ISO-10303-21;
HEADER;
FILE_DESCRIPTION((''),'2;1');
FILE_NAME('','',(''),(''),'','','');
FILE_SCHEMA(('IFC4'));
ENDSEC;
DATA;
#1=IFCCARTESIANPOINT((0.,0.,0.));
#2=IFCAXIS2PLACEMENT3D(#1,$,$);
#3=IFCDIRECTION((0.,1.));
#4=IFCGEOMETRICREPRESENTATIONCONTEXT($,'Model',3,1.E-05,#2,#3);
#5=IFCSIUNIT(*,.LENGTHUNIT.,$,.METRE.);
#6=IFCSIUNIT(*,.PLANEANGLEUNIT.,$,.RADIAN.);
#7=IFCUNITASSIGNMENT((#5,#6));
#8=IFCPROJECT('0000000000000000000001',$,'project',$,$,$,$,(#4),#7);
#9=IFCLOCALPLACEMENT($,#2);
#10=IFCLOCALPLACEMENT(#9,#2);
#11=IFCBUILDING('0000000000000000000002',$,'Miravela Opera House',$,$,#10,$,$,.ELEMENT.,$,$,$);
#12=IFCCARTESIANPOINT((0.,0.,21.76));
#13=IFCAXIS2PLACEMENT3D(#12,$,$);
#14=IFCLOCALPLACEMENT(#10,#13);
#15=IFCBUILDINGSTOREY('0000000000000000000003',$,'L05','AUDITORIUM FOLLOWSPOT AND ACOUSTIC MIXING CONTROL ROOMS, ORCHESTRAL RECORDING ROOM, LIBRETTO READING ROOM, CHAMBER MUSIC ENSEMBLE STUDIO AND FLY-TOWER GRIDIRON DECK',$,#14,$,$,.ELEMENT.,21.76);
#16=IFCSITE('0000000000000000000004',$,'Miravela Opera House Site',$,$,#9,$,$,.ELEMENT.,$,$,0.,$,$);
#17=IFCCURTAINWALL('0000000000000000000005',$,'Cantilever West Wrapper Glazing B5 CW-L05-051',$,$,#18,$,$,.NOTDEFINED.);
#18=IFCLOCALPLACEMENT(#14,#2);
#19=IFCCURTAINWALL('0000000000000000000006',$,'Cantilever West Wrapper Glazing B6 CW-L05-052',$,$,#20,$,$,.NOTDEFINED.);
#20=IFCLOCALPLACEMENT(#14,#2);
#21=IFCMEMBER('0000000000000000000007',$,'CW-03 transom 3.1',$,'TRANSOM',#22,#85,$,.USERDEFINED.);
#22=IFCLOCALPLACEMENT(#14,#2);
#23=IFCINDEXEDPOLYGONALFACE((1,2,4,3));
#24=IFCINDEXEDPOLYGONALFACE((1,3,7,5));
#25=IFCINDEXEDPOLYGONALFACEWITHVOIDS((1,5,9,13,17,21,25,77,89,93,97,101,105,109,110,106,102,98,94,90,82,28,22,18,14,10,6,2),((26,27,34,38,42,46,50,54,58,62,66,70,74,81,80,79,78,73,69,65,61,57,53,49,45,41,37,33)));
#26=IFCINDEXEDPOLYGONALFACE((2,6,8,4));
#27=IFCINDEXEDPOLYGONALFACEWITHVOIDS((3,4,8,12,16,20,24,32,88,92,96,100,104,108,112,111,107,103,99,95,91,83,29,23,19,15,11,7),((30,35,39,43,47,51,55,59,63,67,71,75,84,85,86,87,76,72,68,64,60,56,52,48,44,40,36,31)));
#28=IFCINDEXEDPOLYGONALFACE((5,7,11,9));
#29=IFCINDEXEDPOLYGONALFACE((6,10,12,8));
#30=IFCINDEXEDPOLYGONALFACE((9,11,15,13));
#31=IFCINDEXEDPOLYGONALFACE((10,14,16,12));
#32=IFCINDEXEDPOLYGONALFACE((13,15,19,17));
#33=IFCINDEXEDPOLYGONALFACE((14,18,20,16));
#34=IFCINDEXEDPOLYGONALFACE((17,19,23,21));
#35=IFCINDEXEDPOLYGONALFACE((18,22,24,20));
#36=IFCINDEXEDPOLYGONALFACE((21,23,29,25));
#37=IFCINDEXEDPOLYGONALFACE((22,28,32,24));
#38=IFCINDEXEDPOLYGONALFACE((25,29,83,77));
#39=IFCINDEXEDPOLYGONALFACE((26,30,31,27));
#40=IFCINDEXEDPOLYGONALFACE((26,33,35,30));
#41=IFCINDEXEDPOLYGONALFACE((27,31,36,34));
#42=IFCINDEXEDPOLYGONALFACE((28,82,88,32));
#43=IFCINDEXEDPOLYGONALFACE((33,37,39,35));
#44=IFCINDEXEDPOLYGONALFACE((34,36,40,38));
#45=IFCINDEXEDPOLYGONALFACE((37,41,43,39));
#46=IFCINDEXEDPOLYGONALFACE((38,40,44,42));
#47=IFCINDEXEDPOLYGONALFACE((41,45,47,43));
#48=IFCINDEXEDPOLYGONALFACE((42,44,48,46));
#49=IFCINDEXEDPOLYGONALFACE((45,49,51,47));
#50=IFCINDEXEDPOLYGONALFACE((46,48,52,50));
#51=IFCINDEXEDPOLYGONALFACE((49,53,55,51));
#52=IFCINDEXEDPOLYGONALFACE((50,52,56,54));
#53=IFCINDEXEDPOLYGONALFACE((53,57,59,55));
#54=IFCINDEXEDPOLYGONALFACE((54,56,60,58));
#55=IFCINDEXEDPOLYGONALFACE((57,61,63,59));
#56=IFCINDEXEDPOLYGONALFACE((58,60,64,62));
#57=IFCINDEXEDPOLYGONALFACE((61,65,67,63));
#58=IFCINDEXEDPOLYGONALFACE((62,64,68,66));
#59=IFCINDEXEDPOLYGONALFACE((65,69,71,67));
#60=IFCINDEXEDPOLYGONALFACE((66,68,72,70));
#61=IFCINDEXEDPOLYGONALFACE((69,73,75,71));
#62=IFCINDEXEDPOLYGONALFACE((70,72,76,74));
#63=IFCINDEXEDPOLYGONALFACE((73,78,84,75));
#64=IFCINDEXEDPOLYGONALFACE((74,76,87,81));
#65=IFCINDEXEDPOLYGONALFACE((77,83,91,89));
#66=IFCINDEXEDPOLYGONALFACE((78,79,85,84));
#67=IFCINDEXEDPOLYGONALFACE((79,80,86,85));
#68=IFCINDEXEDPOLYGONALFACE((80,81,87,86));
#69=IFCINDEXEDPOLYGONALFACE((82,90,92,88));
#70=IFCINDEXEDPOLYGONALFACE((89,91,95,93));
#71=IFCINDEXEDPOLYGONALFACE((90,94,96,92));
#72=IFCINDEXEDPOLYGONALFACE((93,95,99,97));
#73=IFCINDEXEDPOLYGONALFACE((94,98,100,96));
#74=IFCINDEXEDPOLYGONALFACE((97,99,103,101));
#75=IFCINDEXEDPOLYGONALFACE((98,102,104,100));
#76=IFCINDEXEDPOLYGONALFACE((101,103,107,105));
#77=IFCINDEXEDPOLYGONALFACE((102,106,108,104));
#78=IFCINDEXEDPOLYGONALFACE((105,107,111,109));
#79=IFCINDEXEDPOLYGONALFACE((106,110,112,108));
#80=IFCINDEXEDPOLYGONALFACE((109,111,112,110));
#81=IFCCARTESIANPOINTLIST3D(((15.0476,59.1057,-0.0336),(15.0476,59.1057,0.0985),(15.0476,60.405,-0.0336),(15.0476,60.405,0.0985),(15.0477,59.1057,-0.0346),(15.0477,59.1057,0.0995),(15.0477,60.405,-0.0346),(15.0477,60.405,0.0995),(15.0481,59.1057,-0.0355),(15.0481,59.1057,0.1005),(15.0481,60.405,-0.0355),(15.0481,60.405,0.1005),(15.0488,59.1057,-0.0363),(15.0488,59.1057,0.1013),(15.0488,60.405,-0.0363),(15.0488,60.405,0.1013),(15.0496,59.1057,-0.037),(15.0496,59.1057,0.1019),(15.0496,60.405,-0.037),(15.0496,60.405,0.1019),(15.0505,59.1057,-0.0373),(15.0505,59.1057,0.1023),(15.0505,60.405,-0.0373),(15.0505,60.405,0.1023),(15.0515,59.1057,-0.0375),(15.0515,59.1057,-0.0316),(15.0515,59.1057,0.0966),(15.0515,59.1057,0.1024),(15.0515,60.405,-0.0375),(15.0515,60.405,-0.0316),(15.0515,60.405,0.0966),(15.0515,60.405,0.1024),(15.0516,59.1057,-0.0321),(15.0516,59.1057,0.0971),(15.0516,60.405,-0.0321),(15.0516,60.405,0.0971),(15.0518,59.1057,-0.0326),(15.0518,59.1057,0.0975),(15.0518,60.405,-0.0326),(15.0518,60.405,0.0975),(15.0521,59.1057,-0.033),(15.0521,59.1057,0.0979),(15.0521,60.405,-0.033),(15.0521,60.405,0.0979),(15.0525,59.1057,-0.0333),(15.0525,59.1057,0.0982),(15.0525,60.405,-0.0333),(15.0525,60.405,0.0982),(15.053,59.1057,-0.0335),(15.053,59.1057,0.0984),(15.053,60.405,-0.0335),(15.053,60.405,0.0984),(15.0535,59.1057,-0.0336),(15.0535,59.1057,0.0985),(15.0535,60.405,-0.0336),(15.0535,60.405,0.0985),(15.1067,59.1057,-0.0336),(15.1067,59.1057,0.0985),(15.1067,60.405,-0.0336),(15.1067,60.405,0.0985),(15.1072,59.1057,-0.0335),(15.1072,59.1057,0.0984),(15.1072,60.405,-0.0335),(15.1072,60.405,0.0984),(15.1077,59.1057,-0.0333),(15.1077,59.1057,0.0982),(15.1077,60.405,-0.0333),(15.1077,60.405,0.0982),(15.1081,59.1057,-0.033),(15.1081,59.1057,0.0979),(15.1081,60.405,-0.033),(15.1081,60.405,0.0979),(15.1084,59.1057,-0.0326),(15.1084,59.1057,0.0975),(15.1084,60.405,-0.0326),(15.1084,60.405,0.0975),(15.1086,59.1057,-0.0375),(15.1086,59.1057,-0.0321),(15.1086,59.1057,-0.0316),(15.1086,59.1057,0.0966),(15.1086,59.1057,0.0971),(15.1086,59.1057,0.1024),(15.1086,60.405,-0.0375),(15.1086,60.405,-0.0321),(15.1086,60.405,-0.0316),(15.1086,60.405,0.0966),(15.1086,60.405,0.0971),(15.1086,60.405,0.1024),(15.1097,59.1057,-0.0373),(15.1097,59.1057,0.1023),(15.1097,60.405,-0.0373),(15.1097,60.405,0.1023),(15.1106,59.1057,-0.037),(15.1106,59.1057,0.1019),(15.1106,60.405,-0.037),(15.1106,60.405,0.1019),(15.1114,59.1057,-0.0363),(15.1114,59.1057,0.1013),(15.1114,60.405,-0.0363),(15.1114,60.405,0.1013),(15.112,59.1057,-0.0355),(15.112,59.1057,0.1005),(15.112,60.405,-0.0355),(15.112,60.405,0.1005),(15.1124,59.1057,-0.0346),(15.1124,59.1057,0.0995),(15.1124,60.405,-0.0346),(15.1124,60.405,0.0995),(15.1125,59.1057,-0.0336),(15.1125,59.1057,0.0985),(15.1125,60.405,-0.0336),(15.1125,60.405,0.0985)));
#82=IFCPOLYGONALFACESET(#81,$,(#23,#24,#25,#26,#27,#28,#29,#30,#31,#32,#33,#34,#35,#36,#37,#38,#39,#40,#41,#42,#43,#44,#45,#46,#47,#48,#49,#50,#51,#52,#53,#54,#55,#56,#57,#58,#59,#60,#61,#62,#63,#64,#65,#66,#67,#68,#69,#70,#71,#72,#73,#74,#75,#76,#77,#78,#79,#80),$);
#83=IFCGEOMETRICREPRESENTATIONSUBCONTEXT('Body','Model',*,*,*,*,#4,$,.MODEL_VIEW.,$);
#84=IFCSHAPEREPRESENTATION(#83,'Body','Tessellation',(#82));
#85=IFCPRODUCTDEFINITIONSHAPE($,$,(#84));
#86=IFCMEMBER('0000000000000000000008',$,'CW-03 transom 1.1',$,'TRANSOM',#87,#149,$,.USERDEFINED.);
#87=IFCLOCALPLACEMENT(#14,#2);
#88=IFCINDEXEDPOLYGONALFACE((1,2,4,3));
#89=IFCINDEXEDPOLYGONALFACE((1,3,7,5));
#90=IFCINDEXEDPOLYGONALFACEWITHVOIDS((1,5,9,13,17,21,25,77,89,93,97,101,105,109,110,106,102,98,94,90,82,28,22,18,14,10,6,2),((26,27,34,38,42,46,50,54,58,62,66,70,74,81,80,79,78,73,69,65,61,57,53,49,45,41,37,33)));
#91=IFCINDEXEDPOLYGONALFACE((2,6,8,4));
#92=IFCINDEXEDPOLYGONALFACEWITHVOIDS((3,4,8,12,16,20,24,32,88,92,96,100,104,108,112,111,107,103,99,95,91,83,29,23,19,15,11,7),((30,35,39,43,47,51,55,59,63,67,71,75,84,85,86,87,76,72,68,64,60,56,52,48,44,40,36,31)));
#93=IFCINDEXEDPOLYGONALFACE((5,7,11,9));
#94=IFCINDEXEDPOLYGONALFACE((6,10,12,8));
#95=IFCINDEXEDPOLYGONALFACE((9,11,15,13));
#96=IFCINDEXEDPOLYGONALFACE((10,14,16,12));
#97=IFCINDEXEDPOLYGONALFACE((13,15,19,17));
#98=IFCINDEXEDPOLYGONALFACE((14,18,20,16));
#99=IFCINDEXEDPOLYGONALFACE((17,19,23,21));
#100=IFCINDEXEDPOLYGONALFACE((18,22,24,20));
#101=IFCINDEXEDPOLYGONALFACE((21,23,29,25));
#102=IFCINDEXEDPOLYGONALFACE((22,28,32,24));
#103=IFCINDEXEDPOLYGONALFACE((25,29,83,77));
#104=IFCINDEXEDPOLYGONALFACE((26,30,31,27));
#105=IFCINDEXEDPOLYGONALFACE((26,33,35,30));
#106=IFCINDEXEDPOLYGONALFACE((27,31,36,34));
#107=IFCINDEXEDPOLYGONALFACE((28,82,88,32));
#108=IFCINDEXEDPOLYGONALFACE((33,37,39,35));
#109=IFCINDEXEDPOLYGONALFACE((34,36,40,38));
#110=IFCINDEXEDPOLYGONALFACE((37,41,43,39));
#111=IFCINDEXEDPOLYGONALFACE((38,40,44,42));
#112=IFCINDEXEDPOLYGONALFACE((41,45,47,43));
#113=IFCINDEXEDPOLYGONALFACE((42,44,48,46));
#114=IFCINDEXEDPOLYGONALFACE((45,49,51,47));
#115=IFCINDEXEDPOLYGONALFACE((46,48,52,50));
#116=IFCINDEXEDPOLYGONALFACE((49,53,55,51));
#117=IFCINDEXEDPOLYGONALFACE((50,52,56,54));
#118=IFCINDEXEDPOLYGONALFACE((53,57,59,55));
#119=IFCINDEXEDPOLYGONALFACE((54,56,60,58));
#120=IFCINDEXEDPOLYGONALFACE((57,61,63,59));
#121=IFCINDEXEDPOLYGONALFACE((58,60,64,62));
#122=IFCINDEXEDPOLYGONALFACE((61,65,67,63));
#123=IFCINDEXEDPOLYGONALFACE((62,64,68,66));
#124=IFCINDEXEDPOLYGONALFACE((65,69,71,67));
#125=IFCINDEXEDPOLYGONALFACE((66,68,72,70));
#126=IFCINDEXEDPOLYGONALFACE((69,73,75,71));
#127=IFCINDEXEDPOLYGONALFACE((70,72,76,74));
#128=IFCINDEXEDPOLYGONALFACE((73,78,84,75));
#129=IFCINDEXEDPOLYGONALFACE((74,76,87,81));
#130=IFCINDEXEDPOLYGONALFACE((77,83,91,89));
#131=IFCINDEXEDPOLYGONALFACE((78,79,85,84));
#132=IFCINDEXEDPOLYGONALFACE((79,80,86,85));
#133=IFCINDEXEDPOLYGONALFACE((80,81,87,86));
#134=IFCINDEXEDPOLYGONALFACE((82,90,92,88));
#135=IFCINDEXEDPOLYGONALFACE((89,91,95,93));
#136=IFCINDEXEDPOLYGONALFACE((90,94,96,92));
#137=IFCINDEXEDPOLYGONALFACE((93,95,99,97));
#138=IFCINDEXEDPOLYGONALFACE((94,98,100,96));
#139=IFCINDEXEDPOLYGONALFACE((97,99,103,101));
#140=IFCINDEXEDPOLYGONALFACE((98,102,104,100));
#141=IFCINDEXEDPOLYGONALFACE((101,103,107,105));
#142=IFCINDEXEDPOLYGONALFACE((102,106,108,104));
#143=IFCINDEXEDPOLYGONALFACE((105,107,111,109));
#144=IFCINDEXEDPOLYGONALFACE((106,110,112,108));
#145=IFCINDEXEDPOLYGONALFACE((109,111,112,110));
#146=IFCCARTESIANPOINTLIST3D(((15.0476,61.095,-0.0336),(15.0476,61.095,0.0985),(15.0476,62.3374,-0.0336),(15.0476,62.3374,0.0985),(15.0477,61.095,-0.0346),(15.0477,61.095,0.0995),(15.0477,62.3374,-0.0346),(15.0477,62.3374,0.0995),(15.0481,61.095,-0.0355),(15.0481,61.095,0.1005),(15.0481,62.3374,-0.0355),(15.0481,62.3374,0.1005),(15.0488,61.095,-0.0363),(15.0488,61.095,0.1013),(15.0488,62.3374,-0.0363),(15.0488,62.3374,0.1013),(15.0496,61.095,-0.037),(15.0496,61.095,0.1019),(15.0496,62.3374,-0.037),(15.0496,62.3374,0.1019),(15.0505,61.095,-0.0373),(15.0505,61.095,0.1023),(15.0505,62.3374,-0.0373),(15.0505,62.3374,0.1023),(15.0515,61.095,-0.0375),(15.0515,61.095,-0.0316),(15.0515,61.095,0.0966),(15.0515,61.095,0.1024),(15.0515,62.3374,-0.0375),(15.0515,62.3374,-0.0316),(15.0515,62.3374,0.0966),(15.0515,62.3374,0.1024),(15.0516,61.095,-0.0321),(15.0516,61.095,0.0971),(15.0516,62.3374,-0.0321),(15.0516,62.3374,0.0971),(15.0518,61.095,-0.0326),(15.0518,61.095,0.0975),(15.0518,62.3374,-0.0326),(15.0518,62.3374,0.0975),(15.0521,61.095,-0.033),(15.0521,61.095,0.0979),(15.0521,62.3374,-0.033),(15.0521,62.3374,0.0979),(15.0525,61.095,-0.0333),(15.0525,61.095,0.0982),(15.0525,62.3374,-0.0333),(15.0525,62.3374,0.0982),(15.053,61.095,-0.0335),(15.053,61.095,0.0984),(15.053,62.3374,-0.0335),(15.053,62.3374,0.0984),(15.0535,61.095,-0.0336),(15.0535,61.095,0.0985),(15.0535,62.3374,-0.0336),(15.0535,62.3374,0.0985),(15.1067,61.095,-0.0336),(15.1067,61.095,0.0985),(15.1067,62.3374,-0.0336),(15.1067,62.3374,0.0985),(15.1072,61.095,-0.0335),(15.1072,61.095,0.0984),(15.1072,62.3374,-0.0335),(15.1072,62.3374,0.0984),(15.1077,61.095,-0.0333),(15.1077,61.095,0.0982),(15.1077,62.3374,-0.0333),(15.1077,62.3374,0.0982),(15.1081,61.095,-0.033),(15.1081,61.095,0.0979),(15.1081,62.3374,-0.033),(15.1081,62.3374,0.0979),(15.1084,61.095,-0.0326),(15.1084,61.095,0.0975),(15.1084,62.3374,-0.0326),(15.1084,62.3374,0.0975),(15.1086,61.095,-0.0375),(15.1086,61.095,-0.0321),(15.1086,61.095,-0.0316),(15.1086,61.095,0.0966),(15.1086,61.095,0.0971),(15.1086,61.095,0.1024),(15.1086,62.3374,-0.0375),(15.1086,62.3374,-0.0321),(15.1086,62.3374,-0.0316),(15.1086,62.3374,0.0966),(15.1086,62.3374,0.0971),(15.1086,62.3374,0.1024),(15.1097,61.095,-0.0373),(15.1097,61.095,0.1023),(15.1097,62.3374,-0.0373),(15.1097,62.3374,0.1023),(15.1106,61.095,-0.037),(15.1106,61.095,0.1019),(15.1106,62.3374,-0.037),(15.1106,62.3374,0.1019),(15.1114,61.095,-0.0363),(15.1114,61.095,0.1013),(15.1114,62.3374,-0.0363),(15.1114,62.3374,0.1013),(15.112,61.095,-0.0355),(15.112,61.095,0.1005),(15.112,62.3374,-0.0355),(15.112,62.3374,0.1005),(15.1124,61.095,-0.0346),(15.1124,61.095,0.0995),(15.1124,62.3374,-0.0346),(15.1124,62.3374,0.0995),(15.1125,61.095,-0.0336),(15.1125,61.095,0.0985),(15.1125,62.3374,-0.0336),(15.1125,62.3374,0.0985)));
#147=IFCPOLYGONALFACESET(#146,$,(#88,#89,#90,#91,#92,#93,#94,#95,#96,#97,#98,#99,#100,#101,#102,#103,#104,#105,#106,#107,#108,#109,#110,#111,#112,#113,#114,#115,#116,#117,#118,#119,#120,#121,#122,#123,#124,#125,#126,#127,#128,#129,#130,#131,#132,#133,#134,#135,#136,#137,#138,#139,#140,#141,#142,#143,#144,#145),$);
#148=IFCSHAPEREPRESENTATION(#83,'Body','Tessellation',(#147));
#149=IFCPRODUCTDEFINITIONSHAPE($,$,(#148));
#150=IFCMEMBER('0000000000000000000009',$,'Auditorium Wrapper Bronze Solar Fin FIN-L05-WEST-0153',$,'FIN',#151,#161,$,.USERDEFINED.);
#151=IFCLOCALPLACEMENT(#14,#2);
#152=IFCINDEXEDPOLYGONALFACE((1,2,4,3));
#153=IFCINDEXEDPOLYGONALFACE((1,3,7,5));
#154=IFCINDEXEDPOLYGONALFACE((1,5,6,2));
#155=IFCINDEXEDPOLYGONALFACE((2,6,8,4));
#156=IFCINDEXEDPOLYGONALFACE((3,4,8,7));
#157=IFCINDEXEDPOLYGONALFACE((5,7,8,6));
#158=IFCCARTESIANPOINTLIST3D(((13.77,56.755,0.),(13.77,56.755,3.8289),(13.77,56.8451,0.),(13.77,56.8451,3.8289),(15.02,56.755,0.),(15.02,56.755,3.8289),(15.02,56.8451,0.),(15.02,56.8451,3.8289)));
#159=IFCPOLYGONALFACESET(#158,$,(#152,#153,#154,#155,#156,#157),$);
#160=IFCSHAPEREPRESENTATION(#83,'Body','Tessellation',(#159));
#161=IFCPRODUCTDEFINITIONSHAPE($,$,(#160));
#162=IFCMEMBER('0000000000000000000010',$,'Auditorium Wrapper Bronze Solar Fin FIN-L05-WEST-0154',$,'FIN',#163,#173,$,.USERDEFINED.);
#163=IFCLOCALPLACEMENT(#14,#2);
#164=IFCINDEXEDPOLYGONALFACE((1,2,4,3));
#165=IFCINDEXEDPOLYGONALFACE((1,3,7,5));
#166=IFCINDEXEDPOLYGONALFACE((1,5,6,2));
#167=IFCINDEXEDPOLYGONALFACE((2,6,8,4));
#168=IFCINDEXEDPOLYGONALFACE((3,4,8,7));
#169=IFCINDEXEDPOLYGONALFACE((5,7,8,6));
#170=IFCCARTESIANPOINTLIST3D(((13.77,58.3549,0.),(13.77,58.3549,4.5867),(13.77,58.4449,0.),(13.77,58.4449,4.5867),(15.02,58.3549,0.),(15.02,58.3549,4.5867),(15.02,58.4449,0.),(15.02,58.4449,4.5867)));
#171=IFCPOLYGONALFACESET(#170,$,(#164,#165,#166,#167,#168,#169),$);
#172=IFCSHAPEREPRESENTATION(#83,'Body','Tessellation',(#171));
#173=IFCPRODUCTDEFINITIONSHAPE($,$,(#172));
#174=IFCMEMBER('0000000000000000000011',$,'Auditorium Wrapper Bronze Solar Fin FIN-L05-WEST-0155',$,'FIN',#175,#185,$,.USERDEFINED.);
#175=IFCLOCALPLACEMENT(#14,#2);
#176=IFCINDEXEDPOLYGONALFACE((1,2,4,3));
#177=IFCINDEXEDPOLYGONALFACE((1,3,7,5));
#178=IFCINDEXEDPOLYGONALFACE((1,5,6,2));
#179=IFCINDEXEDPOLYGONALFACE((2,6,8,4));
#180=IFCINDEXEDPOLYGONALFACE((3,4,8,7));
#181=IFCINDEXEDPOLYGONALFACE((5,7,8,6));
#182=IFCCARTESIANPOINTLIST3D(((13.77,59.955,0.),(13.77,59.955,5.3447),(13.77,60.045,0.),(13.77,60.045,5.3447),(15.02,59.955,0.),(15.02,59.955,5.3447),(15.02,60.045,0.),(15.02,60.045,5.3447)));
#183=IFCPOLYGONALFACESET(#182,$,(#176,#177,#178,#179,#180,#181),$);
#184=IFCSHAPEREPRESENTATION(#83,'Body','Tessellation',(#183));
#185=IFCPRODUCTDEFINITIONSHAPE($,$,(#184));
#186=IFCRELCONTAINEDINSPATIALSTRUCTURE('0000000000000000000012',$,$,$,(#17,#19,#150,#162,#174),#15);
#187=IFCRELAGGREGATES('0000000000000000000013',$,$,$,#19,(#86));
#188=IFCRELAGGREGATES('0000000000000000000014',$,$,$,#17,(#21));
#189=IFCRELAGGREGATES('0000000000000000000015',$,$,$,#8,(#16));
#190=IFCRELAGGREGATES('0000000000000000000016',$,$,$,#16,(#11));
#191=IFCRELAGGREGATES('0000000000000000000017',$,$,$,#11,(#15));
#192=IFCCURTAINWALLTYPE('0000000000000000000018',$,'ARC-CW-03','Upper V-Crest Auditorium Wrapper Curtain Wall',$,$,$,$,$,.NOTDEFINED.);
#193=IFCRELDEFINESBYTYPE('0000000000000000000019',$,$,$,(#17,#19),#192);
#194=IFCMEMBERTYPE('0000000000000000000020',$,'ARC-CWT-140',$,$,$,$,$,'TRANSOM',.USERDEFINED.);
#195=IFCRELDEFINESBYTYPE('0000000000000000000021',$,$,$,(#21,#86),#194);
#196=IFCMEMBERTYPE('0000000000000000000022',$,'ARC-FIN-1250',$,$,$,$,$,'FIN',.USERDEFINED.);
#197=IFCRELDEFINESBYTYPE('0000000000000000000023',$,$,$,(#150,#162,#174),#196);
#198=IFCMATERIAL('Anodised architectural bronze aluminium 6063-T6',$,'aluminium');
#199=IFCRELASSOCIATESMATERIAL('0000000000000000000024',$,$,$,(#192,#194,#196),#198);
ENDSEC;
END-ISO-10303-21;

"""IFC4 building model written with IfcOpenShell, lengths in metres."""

from ifc_helpers import new_model, si_unit, direction, frame, origin, origin_2d, place, context, subcontext, project, spatial, rectangle, hollow_rectangle, extrude, material, material_profile, profile_set, type_object, element, aggregate, save


model = new_model("IFC4")

# Units and contexts
model_context = context("Model", 3, precision=1e-05, world=origin(), true_north=direction((0.0, 1.0)))
body_context = subcontext(model_context, "Body", "Model", "MODEL_VIEW")
ifc_project = project(units=[si_unit("LENGTHUNIT", "METRE"), si_unit("PLANEANGLEUNIT", "RADIAN")], contexts=[model_context])

# Site, building, storey
site_placement = place(None, origin())
site = spatial("IfcSite", under=ifc_project, at=site_placement, Name="Miravela Opera House Site", CompositionType="ELEMENT", RefElevation=0.0)
building_placement = place(site_placement, origin())
building = spatial("IfcBuilding", under=site, at=building_placement, Name="Miravela Opera House", CompositionType="ELEMENT")
storey_placement = place(building_placement, frame((0.0, 0.0, 21.76)))
storey = spatial("IfcBuildingStorey", under=building, at=storey_placement, Name="L05", Description="AUDITORIUM FOLLOWSPOT AND ACOUSTIC MIXING CONTROL ROOMS, ORCHESTRAL RECORDING ROOM, LIBRETTO READING ROOM, CHAMBER MUSIC ENSEMBLE STUDIO AND FLY-TOWER GRIDIRON DECK", CompositionType="ELEMENT", Elevation=21.76)

# Curtain wall
ifc_material_1 = material(Name="Anodised architectural bronze aluminium 6063-T6", Category="aluminium")
curtain_wall_type = type_object("IfcCurtainWallType", Name="ARC-CW-03", Description="Upper V-Crest Auditorium Wrapper Curtain Wall", PredefinedType="NOTDEFINED", material=ifc_material_1)
curtain_wall_1_placement = place(storey_placement, origin())
curtain_wall_1 = element("IfcCurtainWall", 1, at=curtain_wall_1_placement, inside=storey, type_object=curtain_wall_type, Name="Cantilever West Wrapper Glazing B5 CW-L05-051", PredefinedType="NOTDEFINED")

# Curtain wall
curtain_wall_2_placement = place(storey_placement, origin())
curtain_wall_2 = element("IfcCurtainWall", 2, at=curtain_wall_2_placement, inside=storey, type_object=curtain_wall_type, Name="Cantilever West Wrapper Glazing B6 CW-L05-052", PredefinedType="NOTDEFINED")

# Members
ifc_material_profile_1 = material_profile(ifc_material_1, hollow_rectangle(XDim=0.0649, YDim=0.1399, WallThickness=0.0039, InnerFilletRadius=0.002, OuterFilletRadius=0.0039, at=origin_2d()), Name="CWT-65X140")
ifc_profile_set_1 = profile_set([ifc_material_profile_1])
member_type_1 = type_object("IfcMemberType", Name="ARC-CWT-140", ElementType="TRANSOM", PredefinedType="USERDEFINED", material=ifc_profile_set_1)
member_1_placement = place(storey_placement, frame((15.0801, 59.1057, 0.0325), z_axis=(0.0, 1.0, 0.0), x_axis=(-1.0, 0.0, 0.0)))
member_1 = element("IfcMember", 3, at=member_1_placement, type_object=member_type_1, Name="CW-03 transom 3.1", ObjectType="TRANSOM", PredefinedType="USERDEFINED", context=body_context, shape_type="SweptSolid", body=[
    extrude(hollow_rectangle(XDim=0.0649, YDim=0.1399, WallThickness=0.0039, InnerFilletRadius=0.002, OuterFilletRadius=0.0039, at=origin_2d()), origin(), (0.0, 0.0, 1.0), 1.2993),
])
member_2_placement = place(storey_placement, frame((15.0801, 61.095, 0.0325), z_axis=(0.0, 1.0, 0.0), x_axis=(-1.0, 0.0, 0.0)))
member_2 = element("IfcMember", 4, at=member_2_placement, type_object=member_type_1, Name="CW-03 transom 1.1", ObjectType="TRANSOM", PredefinedType="USERDEFINED", context=body_context, shape_type="SweptSolid", body=[
    extrude(hollow_rectangle(XDim=0.0649, YDim=0.1399, WallThickness=0.0039, InnerFilletRadius=0.002, OuterFilletRadius=0.0039, at=origin_2d()), origin(), (0.0, 0.0, 1.0), 1.2424),
])
aggregate(curtain_wall_2, [member_2])

# Members
ifc_material_profile_2 = material_profile(ifc_material_1, rectangle(XDim=0.0901, YDim=1.25, at=origin_2d()), Name="FIN-1250X90")
ifc_profile_set_2 = profile_set([ifc_material_profile_2])
member_type_2 = type_object("IfcMemberType", Name="ARC-FIN-1250", ElementType="FIN", PredefinedType="USERDEFINED", material=ifc_profile_set_2)
member_3_placement = place(storey_placement, frame((14.395, 56.8, 0.0), z_axis=(0.0, 0.0, 1.0), x_axis=(0.0, 1.0, 0.0)))
element("IfcMember", 5, at=member_3_placement, inside=storey, type_object=member_type_2, Name="Auditorium Wrapper Bronze Solar Fin FIN-L05-WEST-0153", ObjectType="FIN", PredefinedType="USERDEFINED", context=body_context, shape_type="SweptSolid", body=[
    extrude(rectangle(XDim=0.0901, YDim=1.25, at=origin_2d()), origin(), (0.0, 0.0, 1.0), 3.8289),
])
member_4_placement = place(storey_placement, frame((14.395, 58.3999, 0.0), z_axis=(0.0, 0.0, 1.0), x_axis=(0.0, 1.0, 0.0)))
element("IfcMember", 6, at=member_4_placement, inside=storey, type_object=member_type_2, Name="Auditorium Wrapper Bronze Solar Fin FIN-L05-WEST-0154", ObjectType="FIN", PredefinedType="USERDEFINED", context=body_context, shape_type="SweptSolid", body=[
    extrude(rectangle(XDim=0.0901, YDim=1.25, at=origin_2d()), origin(), (0.0, 0.0, 1.0), 4.5867),
])
member_5_placement = place(storey_placement, frame((14.395, 60.0, 0.0), z_axis=(0.0, 0.0, 1.0), x_axis=(0.0, 1.0, 0.0)))
element("IfcMember", 7, at=member_5_placement, inside=storey, type_object=member_type_2, Name="Auditorium Wrapper Bronze Solar Fin FIN-L05-WEST-0155", ObjectType="FIN", PredefinedType="USERDEFINED", context=body_context, shape_type="SweptSolid", body=[
    extrude(rectangle(XDim=0.0901, YDim=1.25, at=origin_2d()), origin(), (0.0, 0.0, 1.0), 5.3447),
])

aggregate(curtain_wall_1, [member_1])

save(model, "model.ifc")
